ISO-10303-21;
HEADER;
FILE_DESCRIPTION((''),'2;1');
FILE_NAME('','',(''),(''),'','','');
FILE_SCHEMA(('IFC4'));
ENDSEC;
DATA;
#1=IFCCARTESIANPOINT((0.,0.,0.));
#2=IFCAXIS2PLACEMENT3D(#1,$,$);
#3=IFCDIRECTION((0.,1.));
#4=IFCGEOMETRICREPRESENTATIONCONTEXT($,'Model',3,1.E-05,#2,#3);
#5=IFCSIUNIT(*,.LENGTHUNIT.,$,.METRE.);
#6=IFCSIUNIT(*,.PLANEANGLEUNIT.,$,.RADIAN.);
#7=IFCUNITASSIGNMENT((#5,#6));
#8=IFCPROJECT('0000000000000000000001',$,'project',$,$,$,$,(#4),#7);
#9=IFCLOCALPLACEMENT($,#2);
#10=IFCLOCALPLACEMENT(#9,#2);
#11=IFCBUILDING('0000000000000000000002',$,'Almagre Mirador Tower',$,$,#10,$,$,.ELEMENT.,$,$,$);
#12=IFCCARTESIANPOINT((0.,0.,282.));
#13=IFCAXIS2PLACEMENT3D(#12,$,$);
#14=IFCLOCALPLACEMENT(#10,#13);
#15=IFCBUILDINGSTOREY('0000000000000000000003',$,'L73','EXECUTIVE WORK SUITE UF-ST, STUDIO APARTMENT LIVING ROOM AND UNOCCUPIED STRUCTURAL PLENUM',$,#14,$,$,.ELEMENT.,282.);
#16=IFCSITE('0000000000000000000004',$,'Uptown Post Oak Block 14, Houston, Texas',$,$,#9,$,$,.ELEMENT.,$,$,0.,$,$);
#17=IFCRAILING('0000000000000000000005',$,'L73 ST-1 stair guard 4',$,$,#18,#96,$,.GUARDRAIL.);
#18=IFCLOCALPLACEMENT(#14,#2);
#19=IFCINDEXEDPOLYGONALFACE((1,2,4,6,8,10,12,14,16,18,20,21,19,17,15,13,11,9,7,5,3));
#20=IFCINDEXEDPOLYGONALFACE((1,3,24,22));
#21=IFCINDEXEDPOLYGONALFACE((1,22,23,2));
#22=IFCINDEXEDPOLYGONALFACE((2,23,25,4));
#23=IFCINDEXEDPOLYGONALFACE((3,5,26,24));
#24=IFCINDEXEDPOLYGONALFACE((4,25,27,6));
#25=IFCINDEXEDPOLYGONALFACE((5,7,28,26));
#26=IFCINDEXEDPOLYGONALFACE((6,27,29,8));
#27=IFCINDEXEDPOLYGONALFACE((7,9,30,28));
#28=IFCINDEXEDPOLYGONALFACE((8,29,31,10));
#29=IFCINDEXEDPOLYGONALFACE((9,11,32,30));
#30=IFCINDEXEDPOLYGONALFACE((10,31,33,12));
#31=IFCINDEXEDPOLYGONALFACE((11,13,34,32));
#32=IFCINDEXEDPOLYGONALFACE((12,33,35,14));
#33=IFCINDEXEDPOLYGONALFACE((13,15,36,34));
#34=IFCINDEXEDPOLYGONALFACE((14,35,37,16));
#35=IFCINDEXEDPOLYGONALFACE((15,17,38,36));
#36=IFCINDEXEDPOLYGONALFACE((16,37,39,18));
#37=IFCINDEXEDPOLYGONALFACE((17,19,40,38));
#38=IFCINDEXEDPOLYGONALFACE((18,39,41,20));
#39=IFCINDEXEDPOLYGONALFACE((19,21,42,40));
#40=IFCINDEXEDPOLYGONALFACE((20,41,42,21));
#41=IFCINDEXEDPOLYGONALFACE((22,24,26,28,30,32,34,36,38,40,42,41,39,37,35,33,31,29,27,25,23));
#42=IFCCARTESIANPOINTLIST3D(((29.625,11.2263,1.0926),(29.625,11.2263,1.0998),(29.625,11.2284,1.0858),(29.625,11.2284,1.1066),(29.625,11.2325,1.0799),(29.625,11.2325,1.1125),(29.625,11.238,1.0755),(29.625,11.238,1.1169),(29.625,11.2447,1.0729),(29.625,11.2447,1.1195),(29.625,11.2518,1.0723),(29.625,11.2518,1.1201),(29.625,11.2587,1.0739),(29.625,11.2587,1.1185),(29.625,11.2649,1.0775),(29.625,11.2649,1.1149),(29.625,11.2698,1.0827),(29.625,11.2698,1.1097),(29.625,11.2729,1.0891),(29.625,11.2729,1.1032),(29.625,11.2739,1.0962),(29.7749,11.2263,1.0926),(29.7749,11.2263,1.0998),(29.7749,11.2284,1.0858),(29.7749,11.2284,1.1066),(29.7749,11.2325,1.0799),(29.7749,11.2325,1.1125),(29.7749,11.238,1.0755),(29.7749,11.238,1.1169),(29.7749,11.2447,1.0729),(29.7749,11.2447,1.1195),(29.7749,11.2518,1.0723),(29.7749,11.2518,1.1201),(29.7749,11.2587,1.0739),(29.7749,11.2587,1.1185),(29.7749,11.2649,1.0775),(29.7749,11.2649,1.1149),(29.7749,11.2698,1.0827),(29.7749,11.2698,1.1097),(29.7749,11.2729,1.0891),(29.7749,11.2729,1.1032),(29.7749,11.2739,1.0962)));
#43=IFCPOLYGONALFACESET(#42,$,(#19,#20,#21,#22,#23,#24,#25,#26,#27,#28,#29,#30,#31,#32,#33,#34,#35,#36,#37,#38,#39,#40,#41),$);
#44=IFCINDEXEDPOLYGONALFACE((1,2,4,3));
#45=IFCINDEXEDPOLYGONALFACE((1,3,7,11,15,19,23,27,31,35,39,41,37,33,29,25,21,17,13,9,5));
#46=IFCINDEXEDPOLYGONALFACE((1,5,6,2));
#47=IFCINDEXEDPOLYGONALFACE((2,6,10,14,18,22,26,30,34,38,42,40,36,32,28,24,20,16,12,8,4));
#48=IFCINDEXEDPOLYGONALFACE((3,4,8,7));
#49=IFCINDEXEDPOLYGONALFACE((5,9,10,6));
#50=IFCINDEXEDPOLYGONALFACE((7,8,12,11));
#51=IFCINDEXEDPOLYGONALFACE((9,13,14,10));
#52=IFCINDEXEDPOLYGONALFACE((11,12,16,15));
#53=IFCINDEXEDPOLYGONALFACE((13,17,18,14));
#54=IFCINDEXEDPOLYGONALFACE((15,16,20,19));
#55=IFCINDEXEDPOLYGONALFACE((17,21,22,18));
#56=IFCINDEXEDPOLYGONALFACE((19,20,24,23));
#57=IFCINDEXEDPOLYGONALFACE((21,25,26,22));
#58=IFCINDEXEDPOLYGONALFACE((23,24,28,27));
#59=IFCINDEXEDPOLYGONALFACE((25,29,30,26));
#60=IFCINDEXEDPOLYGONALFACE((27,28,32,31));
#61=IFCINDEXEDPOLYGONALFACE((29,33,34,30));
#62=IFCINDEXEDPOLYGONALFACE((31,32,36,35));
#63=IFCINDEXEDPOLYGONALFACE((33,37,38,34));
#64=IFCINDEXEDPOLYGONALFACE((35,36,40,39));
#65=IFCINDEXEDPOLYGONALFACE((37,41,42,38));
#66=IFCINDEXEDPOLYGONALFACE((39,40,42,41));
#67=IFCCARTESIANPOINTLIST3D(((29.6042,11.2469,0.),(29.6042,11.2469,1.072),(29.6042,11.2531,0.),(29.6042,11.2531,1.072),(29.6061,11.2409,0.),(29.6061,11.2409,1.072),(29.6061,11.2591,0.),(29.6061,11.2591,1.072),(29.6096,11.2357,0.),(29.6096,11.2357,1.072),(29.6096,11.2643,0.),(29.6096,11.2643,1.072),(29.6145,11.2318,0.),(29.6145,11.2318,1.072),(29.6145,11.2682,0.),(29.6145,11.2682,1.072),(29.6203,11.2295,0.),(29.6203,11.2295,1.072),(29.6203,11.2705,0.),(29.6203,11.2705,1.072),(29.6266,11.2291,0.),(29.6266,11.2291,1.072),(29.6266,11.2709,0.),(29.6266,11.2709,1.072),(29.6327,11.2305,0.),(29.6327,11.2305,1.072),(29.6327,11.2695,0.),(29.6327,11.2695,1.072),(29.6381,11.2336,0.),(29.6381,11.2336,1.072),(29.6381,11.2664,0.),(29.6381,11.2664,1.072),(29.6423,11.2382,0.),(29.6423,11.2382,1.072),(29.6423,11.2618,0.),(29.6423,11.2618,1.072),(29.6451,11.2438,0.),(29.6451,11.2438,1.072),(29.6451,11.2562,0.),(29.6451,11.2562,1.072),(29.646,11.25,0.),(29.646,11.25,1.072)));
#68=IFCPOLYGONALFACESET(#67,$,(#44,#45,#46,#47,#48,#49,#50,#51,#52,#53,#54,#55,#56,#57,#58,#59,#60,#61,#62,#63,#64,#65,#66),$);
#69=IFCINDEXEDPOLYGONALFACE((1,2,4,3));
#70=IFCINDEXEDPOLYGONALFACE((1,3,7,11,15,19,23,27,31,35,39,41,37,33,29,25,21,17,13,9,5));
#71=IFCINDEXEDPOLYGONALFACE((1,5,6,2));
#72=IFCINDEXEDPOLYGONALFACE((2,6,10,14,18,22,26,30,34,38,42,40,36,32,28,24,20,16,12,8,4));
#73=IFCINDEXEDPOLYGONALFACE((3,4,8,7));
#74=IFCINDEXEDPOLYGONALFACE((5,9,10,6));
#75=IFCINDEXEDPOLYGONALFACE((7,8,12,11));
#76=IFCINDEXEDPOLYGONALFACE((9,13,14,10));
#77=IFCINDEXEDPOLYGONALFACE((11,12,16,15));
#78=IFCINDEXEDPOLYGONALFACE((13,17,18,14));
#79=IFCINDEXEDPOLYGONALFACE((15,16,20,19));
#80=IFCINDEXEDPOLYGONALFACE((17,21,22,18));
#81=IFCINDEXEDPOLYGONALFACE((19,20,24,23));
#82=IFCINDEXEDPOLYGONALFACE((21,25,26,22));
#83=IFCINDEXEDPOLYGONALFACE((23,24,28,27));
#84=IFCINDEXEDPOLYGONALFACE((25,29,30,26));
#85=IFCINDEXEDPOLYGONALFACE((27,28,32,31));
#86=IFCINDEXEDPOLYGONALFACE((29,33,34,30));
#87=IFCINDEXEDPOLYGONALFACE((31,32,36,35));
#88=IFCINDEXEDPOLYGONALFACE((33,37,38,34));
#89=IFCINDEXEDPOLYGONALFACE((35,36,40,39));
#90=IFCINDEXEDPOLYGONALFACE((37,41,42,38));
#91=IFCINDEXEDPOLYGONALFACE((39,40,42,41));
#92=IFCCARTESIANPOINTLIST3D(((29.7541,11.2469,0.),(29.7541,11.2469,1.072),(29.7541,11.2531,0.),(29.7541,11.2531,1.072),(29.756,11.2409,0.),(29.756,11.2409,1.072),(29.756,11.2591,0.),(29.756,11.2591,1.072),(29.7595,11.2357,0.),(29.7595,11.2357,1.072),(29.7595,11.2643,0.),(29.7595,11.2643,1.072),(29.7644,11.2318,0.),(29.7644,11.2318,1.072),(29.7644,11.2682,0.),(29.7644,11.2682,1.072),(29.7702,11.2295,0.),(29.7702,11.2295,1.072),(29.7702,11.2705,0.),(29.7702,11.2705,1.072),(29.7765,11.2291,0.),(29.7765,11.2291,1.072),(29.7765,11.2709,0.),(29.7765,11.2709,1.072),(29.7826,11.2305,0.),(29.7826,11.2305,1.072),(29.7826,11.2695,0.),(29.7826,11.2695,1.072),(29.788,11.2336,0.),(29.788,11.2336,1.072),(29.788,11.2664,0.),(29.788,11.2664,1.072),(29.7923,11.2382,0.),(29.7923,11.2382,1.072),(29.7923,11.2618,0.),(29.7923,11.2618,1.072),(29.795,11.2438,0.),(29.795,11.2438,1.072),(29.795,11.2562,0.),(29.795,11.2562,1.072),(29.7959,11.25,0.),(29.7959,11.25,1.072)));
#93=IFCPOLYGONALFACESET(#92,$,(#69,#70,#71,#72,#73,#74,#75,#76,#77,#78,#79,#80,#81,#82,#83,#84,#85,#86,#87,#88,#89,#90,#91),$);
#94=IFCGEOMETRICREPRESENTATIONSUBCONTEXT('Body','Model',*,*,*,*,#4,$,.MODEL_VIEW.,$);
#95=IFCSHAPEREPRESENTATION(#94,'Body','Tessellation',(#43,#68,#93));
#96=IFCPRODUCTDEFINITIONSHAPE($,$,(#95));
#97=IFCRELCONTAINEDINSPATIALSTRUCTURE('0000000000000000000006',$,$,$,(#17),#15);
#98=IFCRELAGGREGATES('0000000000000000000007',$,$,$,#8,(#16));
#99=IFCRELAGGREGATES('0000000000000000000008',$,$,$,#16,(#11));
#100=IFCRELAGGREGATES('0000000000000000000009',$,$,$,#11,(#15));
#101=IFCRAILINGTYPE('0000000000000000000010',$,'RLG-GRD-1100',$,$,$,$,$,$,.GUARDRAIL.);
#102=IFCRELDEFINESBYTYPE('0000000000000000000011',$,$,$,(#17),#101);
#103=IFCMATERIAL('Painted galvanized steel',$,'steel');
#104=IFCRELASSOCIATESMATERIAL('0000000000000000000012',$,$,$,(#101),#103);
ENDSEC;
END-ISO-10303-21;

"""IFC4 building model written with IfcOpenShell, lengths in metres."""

from ifc_helpers import new_model, si_unit, direction, frame, origin, origin_2d, place, context, subcontext, project, spatial, circle, extrude, material, type_object, element, save


model = new_model("IFC4")

# Units and contexts
model_context = context("Model", 3, precision=1e-05, world=origin(), true_north=direction((0.0, 1.0)))
body_context = subcontext(model_context, "Body", "Model", "MODEL_VIEW")
ifc_project = project(units=[si_unit("LENGTHUNIT", "METRE"), si_unit("PLANEANGLEUNIT", "RADIAN")], contexts=[model_context])

# Site, building, storey
site_placement = place(None, origin())
site = spatial("IfcSite", under=ifc_project, at=site_placement, Name="Uptown Post Oak Block 14, Houston, Texas", CompositionType="ELEMENT", RefElevation=0.0)
building_placement = place(site_placement, origin())
building = spatial("IfcBuilding", under=site, at=building_placement, Name="Almagre Mirador Tower", CompositionType="ELEMENT")
storey_placement = place(building_placement, frame((0.0, 0.0, 282.0)))
storey = spatial("IfcBuildingStorey", under=building, at=storey_placement, Name="L73", Description="EXECUTIVE WORK SUITE UF-ST, STUDIO APARTMENT LIVING ROOM AND UNOCCUPIED STRUCTURAL PLENUM", CompositionType="ELEMENT", Elevation=282.0)

# Railing
ifc_material_1 = material(Name="Painted galvanized steel", Category="steel")
railing_type_1 = type_object("IfcRailingType", Name="RLG-GRD-1100", PredefinedType="GUARDRAIL", material=ifc_material_1)
railing_1_placement = place(storey_placement, frame((29.625, 11.25, 0.0)))
element("IfcRailing", 1, at=railing_1_placement, inside=storey, type_object=railing_type_1, Name="L73 ST-1 stair guard 4", PredefinedType="GUARDRAIL", context=body_context, shape_type="SweptSolid", body=[
    extrude(circle(Radius=0.0239, at=origin_2d()), frame((0.0, 0.0, 1.0962), z_axis=(1.0, 0.0, 0.0), x_axis=(0.0, 1.0, 0.0)), (0.0, 0.0, 1.0), 0.1499),
    extrude(circle(Radius=0.021, at=origin_2d()), origin(), (0.0, 0.0, 1.0), 1.072),
    extrude(circle(Radius=0.021, at=origin_2d()), frame((0.1499, 0.0, 0.0)), (0.0, 0.0, 1.0), 1.072),
])

save(model, "model.ifc")
